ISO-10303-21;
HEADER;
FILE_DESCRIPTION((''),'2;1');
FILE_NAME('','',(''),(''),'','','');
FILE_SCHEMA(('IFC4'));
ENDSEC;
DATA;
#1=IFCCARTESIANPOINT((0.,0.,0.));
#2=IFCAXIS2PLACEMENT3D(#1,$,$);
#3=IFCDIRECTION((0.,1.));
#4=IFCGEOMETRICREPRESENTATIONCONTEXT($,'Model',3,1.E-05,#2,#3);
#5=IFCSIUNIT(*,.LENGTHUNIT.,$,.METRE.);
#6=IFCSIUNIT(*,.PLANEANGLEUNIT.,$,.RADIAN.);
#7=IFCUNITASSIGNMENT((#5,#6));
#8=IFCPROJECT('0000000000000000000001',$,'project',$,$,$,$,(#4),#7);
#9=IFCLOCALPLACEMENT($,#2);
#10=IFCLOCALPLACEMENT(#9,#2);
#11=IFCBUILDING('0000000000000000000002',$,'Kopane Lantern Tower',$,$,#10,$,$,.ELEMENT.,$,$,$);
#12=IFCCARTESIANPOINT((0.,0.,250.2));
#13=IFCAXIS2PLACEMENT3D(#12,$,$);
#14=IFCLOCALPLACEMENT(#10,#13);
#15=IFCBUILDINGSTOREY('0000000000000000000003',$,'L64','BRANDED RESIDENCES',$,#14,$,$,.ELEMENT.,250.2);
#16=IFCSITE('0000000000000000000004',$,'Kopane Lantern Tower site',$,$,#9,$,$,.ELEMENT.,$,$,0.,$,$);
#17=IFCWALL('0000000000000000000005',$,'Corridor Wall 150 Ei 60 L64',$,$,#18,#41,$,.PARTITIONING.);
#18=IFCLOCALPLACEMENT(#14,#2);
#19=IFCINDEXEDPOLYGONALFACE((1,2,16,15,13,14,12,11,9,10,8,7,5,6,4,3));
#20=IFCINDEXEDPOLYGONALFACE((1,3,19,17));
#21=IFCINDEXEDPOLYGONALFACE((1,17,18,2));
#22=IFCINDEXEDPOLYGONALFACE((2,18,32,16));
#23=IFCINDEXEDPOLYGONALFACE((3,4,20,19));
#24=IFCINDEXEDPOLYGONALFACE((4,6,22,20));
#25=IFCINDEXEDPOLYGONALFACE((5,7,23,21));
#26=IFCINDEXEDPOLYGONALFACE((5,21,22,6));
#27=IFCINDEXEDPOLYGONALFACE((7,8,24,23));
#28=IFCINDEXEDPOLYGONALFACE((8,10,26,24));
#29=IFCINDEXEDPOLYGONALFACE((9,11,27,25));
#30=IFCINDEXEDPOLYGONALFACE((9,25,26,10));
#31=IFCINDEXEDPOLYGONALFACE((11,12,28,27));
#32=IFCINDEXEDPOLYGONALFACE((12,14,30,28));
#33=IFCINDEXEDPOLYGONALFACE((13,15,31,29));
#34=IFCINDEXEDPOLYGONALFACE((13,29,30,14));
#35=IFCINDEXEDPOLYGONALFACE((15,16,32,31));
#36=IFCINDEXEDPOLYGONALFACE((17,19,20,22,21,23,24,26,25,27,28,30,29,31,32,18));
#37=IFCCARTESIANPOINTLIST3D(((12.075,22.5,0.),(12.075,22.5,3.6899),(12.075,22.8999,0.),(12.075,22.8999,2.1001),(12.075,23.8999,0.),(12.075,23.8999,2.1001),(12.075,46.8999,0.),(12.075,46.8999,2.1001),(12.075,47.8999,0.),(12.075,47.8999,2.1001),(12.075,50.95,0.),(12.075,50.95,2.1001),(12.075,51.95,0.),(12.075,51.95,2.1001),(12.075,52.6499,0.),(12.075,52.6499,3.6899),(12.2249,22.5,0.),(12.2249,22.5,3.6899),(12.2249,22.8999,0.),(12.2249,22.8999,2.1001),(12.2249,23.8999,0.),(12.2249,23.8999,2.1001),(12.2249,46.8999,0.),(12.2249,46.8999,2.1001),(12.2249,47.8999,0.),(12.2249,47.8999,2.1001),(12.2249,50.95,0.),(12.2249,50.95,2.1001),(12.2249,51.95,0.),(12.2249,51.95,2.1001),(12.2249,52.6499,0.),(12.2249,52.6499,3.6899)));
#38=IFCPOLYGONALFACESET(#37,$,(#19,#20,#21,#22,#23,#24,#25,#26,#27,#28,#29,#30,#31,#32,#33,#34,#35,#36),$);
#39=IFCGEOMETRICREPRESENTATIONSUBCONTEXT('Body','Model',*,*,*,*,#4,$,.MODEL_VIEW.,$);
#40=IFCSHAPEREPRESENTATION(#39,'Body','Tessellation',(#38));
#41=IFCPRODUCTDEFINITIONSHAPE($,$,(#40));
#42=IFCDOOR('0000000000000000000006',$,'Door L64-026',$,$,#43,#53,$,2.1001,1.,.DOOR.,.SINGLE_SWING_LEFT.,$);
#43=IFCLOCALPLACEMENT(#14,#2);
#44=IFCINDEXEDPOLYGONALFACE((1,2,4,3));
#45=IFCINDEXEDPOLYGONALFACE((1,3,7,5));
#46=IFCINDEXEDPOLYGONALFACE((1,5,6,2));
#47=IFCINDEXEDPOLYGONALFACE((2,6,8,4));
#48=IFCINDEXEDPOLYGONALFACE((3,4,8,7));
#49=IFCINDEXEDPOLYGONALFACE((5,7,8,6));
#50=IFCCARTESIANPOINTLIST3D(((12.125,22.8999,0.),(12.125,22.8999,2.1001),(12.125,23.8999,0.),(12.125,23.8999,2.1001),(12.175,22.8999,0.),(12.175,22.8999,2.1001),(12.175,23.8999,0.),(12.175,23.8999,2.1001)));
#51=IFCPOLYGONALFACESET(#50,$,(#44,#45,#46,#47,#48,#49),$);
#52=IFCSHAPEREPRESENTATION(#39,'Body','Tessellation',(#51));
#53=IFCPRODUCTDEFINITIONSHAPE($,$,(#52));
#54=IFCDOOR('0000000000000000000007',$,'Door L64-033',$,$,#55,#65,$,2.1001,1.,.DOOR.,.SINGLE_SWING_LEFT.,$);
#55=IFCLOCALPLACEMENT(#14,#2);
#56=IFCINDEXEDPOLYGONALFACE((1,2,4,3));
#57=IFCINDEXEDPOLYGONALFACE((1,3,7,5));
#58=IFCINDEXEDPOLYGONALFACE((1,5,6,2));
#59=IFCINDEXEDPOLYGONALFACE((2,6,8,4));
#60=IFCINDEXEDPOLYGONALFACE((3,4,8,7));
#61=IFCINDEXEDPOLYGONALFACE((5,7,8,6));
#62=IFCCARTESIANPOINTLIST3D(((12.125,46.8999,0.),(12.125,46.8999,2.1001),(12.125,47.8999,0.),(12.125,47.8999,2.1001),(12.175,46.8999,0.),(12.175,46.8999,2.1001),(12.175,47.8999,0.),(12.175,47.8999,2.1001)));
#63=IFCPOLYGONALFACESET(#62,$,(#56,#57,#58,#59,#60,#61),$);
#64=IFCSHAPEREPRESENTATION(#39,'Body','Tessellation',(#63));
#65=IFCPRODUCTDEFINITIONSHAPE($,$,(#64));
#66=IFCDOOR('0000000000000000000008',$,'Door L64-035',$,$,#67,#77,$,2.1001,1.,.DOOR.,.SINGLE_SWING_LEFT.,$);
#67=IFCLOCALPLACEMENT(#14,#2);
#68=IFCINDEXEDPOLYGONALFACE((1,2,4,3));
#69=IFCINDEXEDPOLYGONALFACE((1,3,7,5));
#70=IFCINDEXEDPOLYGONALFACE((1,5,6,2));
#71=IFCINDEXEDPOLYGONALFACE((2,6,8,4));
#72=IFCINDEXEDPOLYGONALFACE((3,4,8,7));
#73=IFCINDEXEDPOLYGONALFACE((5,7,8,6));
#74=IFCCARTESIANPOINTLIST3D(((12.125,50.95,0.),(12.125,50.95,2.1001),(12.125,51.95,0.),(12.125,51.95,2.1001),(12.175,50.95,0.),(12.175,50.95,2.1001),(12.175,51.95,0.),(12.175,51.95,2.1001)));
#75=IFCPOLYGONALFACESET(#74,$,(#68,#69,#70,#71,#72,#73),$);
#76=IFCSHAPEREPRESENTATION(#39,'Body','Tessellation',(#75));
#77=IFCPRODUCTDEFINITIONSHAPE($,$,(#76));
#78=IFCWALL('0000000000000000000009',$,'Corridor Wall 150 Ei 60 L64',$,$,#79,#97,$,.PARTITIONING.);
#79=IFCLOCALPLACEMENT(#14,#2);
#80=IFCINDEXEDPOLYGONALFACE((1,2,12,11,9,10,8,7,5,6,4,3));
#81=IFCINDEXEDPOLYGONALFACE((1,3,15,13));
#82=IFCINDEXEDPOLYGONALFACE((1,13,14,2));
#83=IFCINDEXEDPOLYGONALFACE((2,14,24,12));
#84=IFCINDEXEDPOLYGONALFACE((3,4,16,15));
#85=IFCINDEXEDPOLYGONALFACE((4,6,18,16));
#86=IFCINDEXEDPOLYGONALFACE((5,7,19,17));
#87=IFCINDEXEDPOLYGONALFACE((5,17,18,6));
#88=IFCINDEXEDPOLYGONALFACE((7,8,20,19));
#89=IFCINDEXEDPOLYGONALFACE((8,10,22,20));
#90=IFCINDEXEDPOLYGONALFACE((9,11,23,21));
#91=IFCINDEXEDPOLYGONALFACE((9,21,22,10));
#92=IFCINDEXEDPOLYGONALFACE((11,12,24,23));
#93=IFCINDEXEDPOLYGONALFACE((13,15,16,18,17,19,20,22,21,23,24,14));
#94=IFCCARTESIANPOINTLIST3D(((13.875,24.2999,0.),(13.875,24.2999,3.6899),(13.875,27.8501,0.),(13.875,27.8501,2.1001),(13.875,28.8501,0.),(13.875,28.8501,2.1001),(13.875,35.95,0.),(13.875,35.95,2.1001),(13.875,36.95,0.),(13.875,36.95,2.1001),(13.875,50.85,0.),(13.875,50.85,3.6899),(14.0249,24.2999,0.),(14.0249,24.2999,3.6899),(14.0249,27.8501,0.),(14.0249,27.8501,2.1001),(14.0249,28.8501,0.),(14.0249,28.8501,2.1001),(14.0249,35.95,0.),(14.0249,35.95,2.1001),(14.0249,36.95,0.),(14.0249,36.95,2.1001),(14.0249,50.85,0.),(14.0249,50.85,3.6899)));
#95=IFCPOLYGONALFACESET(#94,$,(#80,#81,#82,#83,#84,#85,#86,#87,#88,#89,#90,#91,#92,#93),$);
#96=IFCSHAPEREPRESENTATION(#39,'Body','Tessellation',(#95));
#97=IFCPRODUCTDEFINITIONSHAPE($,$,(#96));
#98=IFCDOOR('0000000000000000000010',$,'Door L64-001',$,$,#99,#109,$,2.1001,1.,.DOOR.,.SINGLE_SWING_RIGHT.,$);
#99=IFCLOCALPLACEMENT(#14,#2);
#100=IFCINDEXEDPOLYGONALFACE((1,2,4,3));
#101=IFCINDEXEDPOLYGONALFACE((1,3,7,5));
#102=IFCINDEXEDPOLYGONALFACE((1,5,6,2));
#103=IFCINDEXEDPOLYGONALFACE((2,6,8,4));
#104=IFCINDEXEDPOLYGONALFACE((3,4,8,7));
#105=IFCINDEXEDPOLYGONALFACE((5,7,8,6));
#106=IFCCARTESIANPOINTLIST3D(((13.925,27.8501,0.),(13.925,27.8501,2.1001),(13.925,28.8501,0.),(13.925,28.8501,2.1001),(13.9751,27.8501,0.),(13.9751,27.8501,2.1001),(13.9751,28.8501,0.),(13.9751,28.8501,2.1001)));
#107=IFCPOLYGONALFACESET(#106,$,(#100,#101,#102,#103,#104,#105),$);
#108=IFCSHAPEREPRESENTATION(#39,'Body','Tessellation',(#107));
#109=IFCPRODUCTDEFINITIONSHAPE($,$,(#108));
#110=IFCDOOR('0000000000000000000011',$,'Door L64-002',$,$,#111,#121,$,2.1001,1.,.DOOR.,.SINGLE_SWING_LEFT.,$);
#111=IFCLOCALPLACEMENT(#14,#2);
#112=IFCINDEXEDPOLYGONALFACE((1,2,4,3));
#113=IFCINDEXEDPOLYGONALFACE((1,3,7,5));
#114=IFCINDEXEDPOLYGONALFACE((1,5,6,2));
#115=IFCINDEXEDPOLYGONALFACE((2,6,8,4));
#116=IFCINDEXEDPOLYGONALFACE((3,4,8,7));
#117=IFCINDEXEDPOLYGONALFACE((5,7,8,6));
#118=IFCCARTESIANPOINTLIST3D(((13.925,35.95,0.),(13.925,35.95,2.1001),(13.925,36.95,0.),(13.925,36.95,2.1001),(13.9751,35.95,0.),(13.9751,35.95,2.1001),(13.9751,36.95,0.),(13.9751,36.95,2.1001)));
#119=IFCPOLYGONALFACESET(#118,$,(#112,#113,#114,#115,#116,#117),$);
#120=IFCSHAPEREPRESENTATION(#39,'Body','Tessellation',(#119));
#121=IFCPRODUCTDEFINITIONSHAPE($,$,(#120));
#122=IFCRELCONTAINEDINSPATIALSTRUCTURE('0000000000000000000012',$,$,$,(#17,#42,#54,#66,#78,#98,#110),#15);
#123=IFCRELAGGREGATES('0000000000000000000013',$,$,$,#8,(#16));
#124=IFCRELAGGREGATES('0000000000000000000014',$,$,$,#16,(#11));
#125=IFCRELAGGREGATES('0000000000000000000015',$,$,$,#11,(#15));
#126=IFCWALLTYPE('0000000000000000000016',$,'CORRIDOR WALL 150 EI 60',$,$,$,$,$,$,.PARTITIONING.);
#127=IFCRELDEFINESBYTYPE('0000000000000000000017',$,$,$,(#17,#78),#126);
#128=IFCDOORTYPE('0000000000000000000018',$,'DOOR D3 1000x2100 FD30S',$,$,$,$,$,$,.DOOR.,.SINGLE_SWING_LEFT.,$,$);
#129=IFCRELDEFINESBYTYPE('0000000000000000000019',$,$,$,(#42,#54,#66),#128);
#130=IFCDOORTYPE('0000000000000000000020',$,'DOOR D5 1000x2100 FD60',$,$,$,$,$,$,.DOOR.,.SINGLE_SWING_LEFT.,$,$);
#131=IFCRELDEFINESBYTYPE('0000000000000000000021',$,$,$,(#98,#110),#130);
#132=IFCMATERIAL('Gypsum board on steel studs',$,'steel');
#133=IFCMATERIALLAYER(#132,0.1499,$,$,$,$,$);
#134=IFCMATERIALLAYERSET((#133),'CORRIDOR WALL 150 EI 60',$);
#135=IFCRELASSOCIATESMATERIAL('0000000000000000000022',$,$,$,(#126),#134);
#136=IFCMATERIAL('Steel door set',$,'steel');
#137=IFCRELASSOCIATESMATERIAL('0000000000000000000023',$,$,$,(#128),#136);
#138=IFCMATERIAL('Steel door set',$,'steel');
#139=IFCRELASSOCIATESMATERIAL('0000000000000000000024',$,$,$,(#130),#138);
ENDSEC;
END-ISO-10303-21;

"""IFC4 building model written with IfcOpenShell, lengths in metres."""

from ifc_helpers import new_model, si_unit, direction, frame, frame_2d, origin, place, context, subcontext, project, spatial, rectangle, extrude, material, layer, layer_set, type_object, element, fill, save


model = new_model("IFC4")

# Units and contexts
model_context = context("Model", 3, precision=1e-05, world=origin(), true_north=direction((0.0, 1.0)))
body_context = subcontext(model_context, "Body", "Model", "MODEL_VIEW")
ifc_project = project(units=[si_unit("LENGTHUNIT", "METRE"), si_unit("PLANEANGLEUNIT", "RADIAN")], contexts=[model_context])

# Site, building, storey
site_placement = place(None, origin())
site = spatial("IfcSite", under=ifc_project, at=site_placement, Name="Kopane Lantern Tower site", CompositionType="ELEMENT", RefElevation=0.0)
building_placement = place(site_placement, origin())
building = spatial("IfcBuilding", under=site, at=building_placement, Name="Kopane Lantern Tower", CompositionType="ELEMENT")
storey_placement = place(building_placement, frame((0.0, 0.0, 250.2)))
storey = spatial("IfcBuildingStorey", under=building, at=storey_placement, Name="L64", Description="BRANDED RESIDENCES", CompositionType="ELEMENT", Elevation=250.2)

# Walls, openings, doors
ifc_material_1 = material(Name="Gypsum board on steel studs", Category="steel")
ifc_layer_1 = layer(ifc_material_1, 0.1499)
ifc_layer_set_1 = layer_set([ifc_layer_1], Name="CORRIDOR WALL 150 EI 60")
wall_type_1 = type_object("IfcWallType", Name="CORRIDOR WALL 150 EI 60", PredefinedType="PARTITIONING", material=ifc_layer_set_1)
ifc_material_2 = material(Name="Steel door set", Category="steel")
door_type_1 = type_object("IfcDoorType", Name="DOOR D3 1000x2100 FD30S", OperationType="SINGLE_SWING_LEFT", PredefinedType="DOOR", material=ifc_material_2)
wall_1_placement = place(storey_placement, frame((12.1499, 22.5, 0.0), z_axis=(0.0, 0.0, 1.0), x_axis=(0.0, 1.0, 0.0)))
wall_1 = element("IfcWall", 1, at=wall_1_placement, inside=storey, type_object=wall_type_1, Name="Corridor Wall 150 Ei 60 L64", PredefinedType="PARTITIONING", context=body_context, shape_type="SweptSolid", body=[
    extrude(rectangle(XDim=30.1499, YDim=0.1499, at=frame_2d((15.075, 0.0))), origin(), (0.0, 0.0, 1.0), 3.6899),
])
opening_1_placement = place(wall_1_placement, frame((0.3999, 0.0, 0.0)))
opening_1 = element("IfcOpeningElement", 2, at=opening_1_placement, cuts=wall_1, PredefinedType="OPENING", context=body_context, shape_type="SweptSolid", body=[
    extrude(rectangle(XDim=1.0, YDim=2.1001, at=frame_2d((0.5, 1.05))), frame((0.0, 0.085, 0.0), z_axis=(0.0, -1.0, 0.0), x_axis=(1.0, 0.0, 0.0)), (0.0, 0.0, 1.0), 0.1699),
])
opening_2_placement = place(wall_1_placement, frame((24.3999, 0.0, 0.0)))
opening_2 = element("IfcOpeningElement", 3, at=opening_2_placement, cuts=wall_1, PredefinedType="OPENING", context=body_context, shape_type="SweptSolid", body=[
    extrude(rectangle(XDim=1.0, YDim=2.1001, at=frame_2d((0.5, 1.05))), frame((0.0, 0.085, 0.0), z_axis=(0.0, -1.0, 0.0), x_axis=(1.0, 0.0, 0.0)), (0.0, 0.0, 1.0), 0.1699),
])
opening_3_placement = place(wall_1_placement, frame((28.45, 0.0, 0.0)))
opening_3 = element("IfcOpeningElement", 4, at=opening_3_placement, cuts=wall_1, PredefinedType="OPENING", context=body_context, shape_type="SweptSolid", body=[
    extrude(rectangle(XDim=1.0, YDim=2.1001, at=frame_2d((0.5, 1.05))), frame((0.0, 0.085, 0.0), z_axis=(0.0, -1.0, 0.0), x_axis=(1.0, 0.0, 0.0)), (0.0, 0.0, 1.0), 0.1699),
])
door_1_placement = place(opening_1_placement, origin())
door_1 = element("IfcDoor", 5, at=door_1_placement, inside=storey, type_object=door_type_1, Name="Door L64-026", OperationType="SINGLE_SWING_LEFT", OverallHeight=2.1001, OverallWidth=1.0, PredefinedType="DOOR", context=body_context, shape_type="SweptSolid", body=[
    extrude(rectangle(XDim=1.0, YDim=2.1001, at=frame_2d((0.5, 1.05))), frame((0.0, 0.0249, 0.0), z_axis=(0.0, -1.0, 0.0), x_axis=(1.0, 0.0, 0.0)), (0.0, 0.0, 1.0), 0.05),
])
fill(opening_1, door_1)
door_2_placement = place(opening_2_placement, origin())
door_2 = element("IfcDoor", 6, at=door_2_placement, inside=storey, type_object=door_type_1, Name="Door L64-033", OperationType="SINGLE_SWING_LEFT", OverallHeight=2.1001, OverallWidth=1.0, PredefinedType="DOOR", context=body_context, shape_type="SweptSolid", body=[
    extrude(rectangle(XDim=1.0, YDim=2.1001, at=frame_2d((0.5, 1.05))), frame((0.0, 0.0249, 0.0), z_axis=(0.0, -1.0, 0.0), x_axis=(1.0, 0.0, 0.0)), (0.0, 0.0, 1.0), 0.05),
])
fill(opening_2, door_2)
door_3_placement = place(opening_3_placement, origin())
door_3 = element("IfcDoor", 7, at=door_3_placement, inside=storey, type_object=door_type_1, Name="Door L64-035", OperationType="SINGLE_SWING_LEFT", OverallHeight=2.1001, OverallWidth=1.0, PredefinedType="DOOR", context=body_context, shape_type="SweptSolid", body=[
    extrude(rectangle(XDim=1.0, YDim=2.1001, at=frame_2d((0.5, 1.05))), frame((0.0, 0.0249, 0.0), z_axis=(0.0, -1.0, 0.0), x_axis=(1.0, 0.0, 0.0)), (0.0, 0.0, 1.0), 0.05),
])
fill(opening_3, door_3)
wall_2_placement = place(storey_placement, frame((13.95, 24.3, 0.0), z_axis=(0.0, 0.0, 1.0), x_axis=(0.0, 1.0, 0.0)))
wall_2 = element("IfcWall", 8, at=wall_2_placement, inside=storey, type_object=wall_type_1, Name="Corridor Wall 150 Ei 60 L64", PredefinedType="PARTITIONING", context=body_context, shape_type="SweptSolid", body=[
    extrude(rectangle(XDim=26.55, YDim=0.1499, at=frame_2d((13.2749, 0.0))), origin(), (0.0, 0.0, 1.0), 3.6899),
])
opening_4_placement = place(wall_2_placement, frame((3.55, 0.0, 0.0)))
opening_4 = element("IfcOpeningElement", 9, at=opening_4_placement, cuts=wall_2, PredefinedType="OPENING", context=body_context, shape_type="SweptSolid", body=[
    extrude(rectangle(XDim=1.0, YDim=2.1001, at=frame_2d((0.5, 1.05))), frame((0.0, 0.085, 0.0), z_axis=(0.0, -1.0, 0.0), x_axis=(1.0, 0.0, 0.0)), (0.0, 0.0, 1.0), 0.1699),
])
opening_5_placement = place(wall_2_placement, frame((11.6499, 0.0, 0.0)))
opening_5 = element("IfcOpeningElement", 10, at=opening_5_placement, cuts=wall_2, PredefinedType="OPENING", context=body_context, shape_type="SweptSolid", body=[
    extrude(rectangle(XDim=1.0, YDim=2.1001, at=frame_2d((0.5, 1.05))), frame((0.0, 0.085, 0.0), z_axis=(0.0, -1.0, 0.0), x_axis=(1.0, 0.0, 0.0)), (0.0, 0.0, 1.0), 0.1699),
])
ifc_material_3 = material(Name="Steel door set", Category="steel")
door_type_2 = type_object("IfcDoorType", Name="DOOR D5 1000x2100 FD60", OperationType="SINGLE_SWING_LEFT", PredefinedType="DOOR", material=ifc_material_3)
door_4_placement = place(opening_4_placement, origin())
door_4 = element("IfcDoor", 11, at=door_4_placement, inside=storey, type_object=door_type_2, Name="Door L64-001", OperationType="SINGLE_SWING_RIGHT", OverallHeight=2.1001, OverallWidth=1.0, PredefinedType="DOOR", context=body_context, shape_type="SweptSolid", body=[
    extrude(rectangle(XDim=1.0, YDim=2.1001, at=frame_2d((0.5, 1.05))), frame((0.0, 0.0249, 0.0), z_axis=(0.0, -1.0, 0.0), x_axis=(1.0, 0.0, 0.0)), (0.0, 0.0, 1.0), 0.05),
])
fill(opening_4, door_4)
door_5_placement = place(opening_5_placement, origin())
door_5 = element("IfcDoor", 12, at=door_5_placement, inside=storey, type_object=door_type_2, Name="Door L64-002", OperationType="SINGLE_SWING_LEFT", OverallHeight=2.1001, OverallWidth=1.0, PredefinedType="DOOR", context=body_context, shape_type="SweptSolid", body=[
    extrude(rectangle(XDim=1.0, YDim=2.1001, at=frame_2d((0.5, 1.05))), frame((0.0, 0.0249, 0.0), z_axis=(0.0, -1.0, 0.0), x_axis=(1.0, 0.0, 0.0)), (0.0, 0.0, 1.0), 0.05),
])
fill(opening_5, door_5)

save(model, "model.ifc")
